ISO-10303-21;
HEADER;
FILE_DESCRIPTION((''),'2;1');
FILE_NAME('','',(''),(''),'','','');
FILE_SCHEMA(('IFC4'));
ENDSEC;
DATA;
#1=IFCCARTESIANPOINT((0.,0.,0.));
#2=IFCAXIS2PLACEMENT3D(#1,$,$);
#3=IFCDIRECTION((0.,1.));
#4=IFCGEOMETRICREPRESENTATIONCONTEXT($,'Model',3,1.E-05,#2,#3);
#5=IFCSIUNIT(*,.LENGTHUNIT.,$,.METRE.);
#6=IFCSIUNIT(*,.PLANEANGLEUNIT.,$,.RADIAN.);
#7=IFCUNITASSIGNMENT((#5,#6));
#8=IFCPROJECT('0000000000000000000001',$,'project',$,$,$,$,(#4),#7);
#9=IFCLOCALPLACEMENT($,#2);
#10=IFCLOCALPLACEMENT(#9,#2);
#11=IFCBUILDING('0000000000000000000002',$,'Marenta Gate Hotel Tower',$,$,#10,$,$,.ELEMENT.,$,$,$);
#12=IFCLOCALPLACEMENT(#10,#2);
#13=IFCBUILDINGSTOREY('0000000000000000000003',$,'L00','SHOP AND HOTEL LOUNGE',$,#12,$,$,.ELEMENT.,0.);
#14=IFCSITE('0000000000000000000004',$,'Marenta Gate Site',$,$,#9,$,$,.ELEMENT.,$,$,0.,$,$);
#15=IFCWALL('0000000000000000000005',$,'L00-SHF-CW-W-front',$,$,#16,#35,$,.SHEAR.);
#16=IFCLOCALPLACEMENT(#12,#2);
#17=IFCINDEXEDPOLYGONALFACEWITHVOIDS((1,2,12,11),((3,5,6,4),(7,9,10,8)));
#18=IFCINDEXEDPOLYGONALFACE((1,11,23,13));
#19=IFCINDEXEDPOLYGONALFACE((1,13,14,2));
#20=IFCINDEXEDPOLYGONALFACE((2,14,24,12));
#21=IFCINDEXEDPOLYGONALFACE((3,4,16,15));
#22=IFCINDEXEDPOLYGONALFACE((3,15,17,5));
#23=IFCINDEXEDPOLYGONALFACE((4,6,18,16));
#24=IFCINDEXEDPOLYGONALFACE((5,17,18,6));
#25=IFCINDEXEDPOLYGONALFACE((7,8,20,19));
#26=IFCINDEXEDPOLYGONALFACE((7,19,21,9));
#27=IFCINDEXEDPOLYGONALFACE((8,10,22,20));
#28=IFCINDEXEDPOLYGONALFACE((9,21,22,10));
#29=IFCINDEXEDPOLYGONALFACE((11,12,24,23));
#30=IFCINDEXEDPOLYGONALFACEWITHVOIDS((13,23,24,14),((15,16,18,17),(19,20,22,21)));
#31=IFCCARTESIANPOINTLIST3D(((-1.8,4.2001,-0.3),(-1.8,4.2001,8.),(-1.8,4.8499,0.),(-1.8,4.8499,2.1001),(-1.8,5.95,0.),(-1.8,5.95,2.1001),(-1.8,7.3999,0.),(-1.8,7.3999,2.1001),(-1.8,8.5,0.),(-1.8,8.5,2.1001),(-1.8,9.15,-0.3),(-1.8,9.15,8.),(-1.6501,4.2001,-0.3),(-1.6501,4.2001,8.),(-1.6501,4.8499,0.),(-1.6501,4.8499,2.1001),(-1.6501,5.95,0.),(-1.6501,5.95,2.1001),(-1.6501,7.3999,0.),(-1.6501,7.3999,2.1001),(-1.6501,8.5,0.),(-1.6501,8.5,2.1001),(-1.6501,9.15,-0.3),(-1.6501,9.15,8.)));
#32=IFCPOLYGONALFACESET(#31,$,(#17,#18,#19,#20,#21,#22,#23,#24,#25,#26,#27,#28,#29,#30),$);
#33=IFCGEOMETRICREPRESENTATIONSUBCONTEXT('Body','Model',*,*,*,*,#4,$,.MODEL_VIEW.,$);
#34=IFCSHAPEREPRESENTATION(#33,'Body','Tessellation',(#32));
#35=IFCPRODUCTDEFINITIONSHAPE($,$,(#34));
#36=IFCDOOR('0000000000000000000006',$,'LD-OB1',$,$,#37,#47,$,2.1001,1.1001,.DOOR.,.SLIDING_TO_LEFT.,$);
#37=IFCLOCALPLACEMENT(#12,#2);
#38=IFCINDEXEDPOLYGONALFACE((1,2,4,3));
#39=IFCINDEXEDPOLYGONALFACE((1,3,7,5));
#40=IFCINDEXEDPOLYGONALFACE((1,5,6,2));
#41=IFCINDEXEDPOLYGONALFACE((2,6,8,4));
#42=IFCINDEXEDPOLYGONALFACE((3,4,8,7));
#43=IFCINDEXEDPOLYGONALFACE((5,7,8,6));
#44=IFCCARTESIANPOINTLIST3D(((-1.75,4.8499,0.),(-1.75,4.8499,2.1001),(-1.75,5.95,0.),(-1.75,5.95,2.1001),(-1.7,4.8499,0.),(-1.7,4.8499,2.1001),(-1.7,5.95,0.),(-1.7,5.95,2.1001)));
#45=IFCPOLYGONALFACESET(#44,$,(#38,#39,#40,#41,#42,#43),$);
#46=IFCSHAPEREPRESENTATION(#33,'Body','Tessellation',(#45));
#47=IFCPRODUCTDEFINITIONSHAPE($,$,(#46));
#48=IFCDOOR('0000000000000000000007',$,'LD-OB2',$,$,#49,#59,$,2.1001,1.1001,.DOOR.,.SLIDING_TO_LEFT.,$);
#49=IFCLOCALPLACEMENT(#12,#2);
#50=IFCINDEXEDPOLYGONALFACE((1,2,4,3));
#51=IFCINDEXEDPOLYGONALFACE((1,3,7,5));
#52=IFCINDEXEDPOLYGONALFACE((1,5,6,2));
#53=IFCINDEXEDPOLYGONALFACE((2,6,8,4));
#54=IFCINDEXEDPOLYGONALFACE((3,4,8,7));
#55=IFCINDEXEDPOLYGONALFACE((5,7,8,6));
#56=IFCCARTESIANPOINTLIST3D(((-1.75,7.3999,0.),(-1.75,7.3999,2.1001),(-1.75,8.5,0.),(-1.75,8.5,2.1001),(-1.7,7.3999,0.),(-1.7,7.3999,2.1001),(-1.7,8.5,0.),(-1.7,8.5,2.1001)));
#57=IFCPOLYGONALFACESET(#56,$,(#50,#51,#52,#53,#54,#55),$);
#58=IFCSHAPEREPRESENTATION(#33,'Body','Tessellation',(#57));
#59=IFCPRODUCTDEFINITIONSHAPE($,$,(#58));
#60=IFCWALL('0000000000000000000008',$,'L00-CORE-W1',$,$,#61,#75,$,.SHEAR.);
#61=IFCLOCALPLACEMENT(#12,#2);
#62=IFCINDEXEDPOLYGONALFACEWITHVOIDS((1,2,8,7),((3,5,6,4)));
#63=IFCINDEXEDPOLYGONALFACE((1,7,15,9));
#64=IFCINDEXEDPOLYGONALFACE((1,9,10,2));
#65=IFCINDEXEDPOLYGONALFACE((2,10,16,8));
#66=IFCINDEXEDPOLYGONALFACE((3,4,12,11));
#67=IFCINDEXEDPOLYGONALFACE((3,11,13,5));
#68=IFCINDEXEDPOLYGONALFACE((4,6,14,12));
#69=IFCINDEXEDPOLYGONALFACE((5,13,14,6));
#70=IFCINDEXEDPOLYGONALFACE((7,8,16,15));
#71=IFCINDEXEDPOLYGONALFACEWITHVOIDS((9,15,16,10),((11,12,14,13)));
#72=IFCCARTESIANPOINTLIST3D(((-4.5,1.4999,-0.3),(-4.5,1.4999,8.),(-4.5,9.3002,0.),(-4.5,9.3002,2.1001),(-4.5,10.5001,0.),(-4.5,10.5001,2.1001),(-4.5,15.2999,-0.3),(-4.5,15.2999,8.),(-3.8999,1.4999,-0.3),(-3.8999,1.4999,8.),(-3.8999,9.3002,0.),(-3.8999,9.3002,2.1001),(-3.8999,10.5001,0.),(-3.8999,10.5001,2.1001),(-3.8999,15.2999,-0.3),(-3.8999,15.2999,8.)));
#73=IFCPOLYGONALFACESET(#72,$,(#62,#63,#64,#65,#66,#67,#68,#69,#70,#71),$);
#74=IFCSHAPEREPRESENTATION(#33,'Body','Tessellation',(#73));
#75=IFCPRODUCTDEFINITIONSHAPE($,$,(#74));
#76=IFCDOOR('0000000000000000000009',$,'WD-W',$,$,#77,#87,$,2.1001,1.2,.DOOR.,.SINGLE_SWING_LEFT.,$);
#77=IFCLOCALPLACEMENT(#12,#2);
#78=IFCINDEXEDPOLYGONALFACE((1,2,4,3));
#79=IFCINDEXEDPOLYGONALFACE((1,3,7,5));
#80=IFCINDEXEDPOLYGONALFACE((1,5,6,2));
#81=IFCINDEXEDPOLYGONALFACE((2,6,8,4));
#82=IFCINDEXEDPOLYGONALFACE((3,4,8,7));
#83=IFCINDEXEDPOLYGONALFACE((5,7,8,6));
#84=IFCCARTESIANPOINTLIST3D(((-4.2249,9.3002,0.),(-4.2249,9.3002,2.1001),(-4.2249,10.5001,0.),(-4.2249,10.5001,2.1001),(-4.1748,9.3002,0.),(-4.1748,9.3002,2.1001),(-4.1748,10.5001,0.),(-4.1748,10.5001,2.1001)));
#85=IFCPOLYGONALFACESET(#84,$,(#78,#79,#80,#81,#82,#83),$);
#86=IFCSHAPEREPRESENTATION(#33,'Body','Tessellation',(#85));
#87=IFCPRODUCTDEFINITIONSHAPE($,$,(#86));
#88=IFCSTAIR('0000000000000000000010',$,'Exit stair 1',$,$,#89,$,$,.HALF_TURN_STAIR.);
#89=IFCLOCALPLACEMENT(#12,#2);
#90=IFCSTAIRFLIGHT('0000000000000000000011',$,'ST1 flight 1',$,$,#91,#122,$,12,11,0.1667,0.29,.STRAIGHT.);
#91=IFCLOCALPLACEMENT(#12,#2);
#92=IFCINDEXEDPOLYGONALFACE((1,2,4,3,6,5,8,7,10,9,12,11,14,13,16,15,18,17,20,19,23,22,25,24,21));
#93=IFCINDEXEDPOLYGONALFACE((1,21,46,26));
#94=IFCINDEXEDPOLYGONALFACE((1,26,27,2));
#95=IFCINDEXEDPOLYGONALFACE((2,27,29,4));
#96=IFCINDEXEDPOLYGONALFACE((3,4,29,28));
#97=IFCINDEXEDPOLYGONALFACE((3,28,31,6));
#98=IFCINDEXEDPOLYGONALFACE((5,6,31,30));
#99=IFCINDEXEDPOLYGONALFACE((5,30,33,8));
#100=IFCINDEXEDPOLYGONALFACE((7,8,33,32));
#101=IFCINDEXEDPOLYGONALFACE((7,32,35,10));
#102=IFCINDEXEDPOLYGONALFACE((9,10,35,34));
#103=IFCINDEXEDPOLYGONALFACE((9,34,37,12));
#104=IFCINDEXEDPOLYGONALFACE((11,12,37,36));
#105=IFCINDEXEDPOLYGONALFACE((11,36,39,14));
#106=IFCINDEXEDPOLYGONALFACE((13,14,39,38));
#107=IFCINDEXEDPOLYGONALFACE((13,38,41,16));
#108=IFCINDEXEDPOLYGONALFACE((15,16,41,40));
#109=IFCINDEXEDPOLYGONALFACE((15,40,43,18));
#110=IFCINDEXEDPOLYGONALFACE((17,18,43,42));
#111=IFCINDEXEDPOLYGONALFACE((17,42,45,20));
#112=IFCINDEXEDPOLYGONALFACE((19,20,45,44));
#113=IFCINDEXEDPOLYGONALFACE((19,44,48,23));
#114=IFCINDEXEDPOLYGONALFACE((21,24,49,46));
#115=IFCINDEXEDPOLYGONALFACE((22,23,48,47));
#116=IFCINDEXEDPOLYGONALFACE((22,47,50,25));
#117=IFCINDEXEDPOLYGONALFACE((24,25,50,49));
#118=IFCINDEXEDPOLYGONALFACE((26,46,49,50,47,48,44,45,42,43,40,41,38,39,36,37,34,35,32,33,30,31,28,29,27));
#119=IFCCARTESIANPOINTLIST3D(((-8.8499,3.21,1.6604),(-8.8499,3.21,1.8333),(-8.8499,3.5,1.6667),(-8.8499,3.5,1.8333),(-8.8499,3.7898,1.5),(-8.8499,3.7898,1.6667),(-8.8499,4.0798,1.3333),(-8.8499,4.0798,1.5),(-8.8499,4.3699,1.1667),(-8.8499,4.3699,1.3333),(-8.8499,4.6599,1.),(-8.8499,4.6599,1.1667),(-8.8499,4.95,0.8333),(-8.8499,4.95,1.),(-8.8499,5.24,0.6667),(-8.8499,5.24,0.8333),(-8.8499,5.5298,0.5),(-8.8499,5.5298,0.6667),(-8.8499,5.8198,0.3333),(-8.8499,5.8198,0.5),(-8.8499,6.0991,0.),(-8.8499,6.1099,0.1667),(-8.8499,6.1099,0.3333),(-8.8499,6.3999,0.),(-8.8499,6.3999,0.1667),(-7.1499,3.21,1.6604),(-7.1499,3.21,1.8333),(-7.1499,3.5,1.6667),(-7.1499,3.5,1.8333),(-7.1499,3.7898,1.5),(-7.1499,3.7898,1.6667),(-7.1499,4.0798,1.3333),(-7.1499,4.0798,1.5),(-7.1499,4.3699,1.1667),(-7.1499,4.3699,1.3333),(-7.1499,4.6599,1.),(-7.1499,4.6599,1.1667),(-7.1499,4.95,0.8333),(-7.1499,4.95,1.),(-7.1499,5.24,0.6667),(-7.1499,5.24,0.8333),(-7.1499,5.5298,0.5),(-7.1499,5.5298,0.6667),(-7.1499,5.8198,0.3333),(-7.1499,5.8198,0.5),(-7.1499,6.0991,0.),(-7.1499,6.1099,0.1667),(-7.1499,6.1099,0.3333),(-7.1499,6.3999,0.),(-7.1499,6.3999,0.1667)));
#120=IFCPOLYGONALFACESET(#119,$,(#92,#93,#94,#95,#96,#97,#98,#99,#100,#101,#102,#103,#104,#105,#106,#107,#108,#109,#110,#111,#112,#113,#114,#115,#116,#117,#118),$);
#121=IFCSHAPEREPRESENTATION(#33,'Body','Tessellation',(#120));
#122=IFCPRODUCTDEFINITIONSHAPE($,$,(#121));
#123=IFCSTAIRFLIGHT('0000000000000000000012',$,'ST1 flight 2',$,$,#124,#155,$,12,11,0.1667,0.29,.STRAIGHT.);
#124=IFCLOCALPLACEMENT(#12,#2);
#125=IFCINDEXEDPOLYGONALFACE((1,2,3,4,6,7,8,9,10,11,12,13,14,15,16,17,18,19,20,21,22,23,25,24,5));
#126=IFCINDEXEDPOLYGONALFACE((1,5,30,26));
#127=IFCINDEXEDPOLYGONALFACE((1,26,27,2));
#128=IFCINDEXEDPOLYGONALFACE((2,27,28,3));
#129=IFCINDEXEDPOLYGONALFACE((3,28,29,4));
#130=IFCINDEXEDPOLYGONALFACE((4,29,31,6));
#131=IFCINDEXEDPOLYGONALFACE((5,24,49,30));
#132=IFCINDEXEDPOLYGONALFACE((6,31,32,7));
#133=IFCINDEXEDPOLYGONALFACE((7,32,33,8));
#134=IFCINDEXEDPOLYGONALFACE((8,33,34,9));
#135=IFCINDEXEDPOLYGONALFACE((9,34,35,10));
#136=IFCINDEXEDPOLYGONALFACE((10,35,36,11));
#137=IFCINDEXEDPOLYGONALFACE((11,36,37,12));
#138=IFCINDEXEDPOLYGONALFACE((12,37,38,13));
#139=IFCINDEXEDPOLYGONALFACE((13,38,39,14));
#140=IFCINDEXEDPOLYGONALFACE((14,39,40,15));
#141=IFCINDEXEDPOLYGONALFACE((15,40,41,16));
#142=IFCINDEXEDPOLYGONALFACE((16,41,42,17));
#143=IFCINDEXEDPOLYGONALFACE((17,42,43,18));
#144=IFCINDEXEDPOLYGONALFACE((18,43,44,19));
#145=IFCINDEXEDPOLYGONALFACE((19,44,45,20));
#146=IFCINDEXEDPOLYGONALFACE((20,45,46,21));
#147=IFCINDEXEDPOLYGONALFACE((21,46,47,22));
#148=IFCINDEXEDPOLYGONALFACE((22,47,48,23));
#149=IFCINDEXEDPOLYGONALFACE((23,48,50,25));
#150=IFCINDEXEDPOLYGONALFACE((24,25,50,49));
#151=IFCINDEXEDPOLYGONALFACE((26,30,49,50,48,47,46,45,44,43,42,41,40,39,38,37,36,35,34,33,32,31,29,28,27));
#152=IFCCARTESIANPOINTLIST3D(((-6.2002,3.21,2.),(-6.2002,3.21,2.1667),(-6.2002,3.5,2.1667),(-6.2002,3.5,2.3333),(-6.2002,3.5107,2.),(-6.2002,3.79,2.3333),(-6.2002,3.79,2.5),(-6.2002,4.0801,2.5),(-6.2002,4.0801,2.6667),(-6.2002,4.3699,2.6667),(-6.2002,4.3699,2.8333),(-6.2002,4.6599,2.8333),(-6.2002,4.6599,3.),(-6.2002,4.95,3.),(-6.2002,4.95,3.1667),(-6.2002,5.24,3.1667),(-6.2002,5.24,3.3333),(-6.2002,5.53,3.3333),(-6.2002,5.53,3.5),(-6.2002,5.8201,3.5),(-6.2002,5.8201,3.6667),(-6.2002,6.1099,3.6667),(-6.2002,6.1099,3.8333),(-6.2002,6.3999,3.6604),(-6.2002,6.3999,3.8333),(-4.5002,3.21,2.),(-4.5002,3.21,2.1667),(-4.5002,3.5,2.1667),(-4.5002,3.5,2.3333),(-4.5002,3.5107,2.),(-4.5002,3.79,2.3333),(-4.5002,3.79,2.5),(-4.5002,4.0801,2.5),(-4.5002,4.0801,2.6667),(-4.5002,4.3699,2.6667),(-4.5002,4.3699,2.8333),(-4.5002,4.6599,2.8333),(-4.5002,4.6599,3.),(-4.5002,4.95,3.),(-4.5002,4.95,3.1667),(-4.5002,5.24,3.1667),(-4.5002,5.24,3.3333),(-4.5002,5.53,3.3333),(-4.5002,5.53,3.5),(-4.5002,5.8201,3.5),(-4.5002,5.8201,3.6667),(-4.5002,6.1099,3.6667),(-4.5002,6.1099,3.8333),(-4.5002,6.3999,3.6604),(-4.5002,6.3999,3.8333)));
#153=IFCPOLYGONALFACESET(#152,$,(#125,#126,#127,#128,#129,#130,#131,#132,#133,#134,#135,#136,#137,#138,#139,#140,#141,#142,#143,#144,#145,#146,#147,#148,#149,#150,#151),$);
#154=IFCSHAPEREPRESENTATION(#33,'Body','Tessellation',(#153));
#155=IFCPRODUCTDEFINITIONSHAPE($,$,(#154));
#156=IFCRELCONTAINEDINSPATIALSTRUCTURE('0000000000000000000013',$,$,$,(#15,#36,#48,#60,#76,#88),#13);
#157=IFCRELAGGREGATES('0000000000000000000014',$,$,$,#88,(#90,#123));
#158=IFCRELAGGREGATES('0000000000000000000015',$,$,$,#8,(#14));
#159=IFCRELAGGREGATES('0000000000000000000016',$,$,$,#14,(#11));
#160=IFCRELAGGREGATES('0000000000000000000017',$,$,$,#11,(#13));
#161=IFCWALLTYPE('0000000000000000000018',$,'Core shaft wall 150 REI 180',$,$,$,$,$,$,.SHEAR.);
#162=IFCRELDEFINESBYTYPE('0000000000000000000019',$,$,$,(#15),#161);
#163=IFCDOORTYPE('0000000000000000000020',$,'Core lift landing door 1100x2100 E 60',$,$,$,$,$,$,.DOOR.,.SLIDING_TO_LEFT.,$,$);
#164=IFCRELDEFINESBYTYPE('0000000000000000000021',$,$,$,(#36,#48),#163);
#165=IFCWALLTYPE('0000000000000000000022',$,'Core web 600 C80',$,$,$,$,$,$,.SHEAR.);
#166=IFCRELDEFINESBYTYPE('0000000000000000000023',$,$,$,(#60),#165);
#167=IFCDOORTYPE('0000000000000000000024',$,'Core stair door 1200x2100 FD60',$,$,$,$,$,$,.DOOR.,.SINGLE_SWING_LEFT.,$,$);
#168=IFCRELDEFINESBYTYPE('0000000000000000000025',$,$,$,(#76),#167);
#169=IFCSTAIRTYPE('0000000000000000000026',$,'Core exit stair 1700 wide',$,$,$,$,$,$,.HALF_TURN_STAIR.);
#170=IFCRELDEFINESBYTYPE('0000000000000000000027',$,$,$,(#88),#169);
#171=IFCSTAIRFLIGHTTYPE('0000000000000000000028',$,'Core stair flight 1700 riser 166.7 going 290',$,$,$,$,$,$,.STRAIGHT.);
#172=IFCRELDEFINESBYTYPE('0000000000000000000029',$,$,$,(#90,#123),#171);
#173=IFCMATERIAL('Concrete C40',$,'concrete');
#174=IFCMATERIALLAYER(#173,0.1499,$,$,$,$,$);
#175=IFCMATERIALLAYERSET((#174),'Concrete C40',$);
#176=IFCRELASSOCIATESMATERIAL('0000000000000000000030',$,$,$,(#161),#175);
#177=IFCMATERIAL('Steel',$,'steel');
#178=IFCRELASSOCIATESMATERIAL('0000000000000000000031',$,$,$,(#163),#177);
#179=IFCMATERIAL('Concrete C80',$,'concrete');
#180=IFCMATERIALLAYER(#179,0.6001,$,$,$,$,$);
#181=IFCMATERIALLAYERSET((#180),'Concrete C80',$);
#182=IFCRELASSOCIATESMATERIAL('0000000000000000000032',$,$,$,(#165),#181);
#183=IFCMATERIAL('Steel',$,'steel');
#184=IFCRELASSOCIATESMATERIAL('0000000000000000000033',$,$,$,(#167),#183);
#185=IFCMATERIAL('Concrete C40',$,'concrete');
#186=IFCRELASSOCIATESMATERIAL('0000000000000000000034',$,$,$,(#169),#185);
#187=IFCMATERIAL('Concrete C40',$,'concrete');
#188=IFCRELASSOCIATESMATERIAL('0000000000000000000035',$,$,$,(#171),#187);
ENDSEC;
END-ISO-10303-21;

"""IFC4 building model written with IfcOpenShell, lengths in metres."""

from ifc_helpers import new_model, si_unit, direction, frame, frame_2d, origin, place, context, subcontext, project, spatial, polyline, rectangle, outline, extrude, material, layer, layer_set, type_object, element, fill, aggregate, save


model = new_model("IFC4")

# Units and contexts
model_context = context("Model", 3, precision=1e-05, world=origin(), true_north=direction((0.0, 1.0)))
body_context = subcontext(model_context, "Body", "Model", "MODEL_VIEW")
ifc_project = project(units=[si_unit("LENGTHUNIT", "METRE"), si_unit("PLANEANGLEUNIT", "RADIAN")], contexts=[model_context])

# Site, building, storey
site_placement = place(None, origin())
site = spatial("IfcSite", under=ifc_project, at=site_placement, Name="Marenta Gate Site", CompositionType="ELEMENT", RefElevation=0.0)
building_placement = place(site_placement, origin())
building = spatial("IfcBuilding", under=site, at=building_placement, Name="Marenta Gate Hotel Tower", CompositionType="ELEMENT")
storey_placement = place(building_placement, origin())
storey = spatial("IfcBuildingStorey", under=building, at=storey_placement, Name="L00", Description="SHOP AND HOTEL LOUNGE", CompositionType="ELEMENT", Elevation=0.0)

# Shared definitions
ifc_material_1 = material(Name="Concrete C40", Category="concrete")
ifc_layer_1 = layer(ifc_material_1, 0.1499)
ifc_layer_set_1 = layer_set([ifc_layer_1], Name="Concrete C40")
wall_type_1 = type_object("IfcWallType", Name="Core shaft wall 150 REI 180", PredefinedType="SHEAR", material=ifc_layer_set_1)
ifc_material_2 = material(Name="Steel", Category="steel")
door_type_1 = type_object("IfcDoorType", Name="Core lift landing door 1100x2100 E 60", OperationType="SLIDING_TO_LEFT", PredefinedType="DOOR", material=ifc_material_2)

# Wall, openings, doors
wall_1_placement = place(storey_placement, frame((-1.7251, 4.2, -0.3), z_axis=(0.0, 0.0, 1.0), x_axis=(0.0, 1.0, 0.0)))
wall_1 = element("IfcWall", 1, at=wall_1_placement, inside=storey, type_object=wall_type_1, Name="L00-SHF-CW-W-front", PredefinedType="SHEAR", context=body_context, shape_type="SweptSolid", body=[
    extrude(rectangle(XDim=4.95, YDim=0.1499, at=frame_2d((2.4751, 0.0))), origin(), (0.0, 0.0, 1.0), 8.3),
])
opening_1_placement = place(wall_1_placement, frame((0.6499, 0.0, 0.3)))
opening_1 = element("IfcOpeningElement", 2, at=opening_1_placement, cuts=wall_1, PredefinedType="OPENING", context=body_context, shape_type="SweptSolid", body=[
    extrude(rectangle(XDim=1.1001, YDim=2.1001, at=frame_2d((0.55, 1.05))), frame((0.0, 0.075, 0.0), z_axis=(0.0, -1.0, 0.0), x_axis=(1.0, 0.0, 0.0)), (0.0, 0.0, 1.0), 0.1499),
])
opening_2_placement = place(wall_1_placement, frame((3.2, 0.0, 0.3)))
opening_2 = element("IfcOpeningElement", 3, at=opening_2_placement, cuts=wall_1, PredefinedType="OPENING", context=body_context, shape_type="SweptSolid", body=[
    extrude(rectangle(XDim=1.1001, YDim=2.1001, at=frame_2d((0.55, 1.05))), frame((0.0, 0.075, 0.0), z_axis=(0.0, -1.0, 0.0), x_axis=(1.0, 0.0, 0.0)), (0.0, 0.0, 1.0), 0.1499),
])
door_1_placement = place(opening_1_placement, origin())
door_1 = element("IfcDoor", 4, at=door_1_placement, inside=storey, type_object=door_type_1, Name="LD-OB1", OperationType="SLIDING_TO_LEFT", OverallHeight=2.1001, OverallWidth=1.1001, PredefinedType="DOOR", context=body_context, shape_type="SweptSolid", body=[
    extrude(rectangle(XDim=1.1001, YDim=2.1001, at=frame_2d((0.55, 1.05))), frame((0.0, 0.0249, 0.0), z_axis=(0.0, -1.0, 0.0), x_axis=(1.0, 0.0, 0.0)), (0.0, 0.0, 1.0), 0.05),
])
fill(opening_1, door_1)
door_2_placement = place(opening_2_placement, origin())
door_2 = element("IfcDoor", 5, at=door_2_placement, inside=storey, type_object=door_type_1, Name="LD-OB2", OperationType="SLIDING_TO_LEFT", OverallHeight=2.1001, OverallWidth=1.1001, PredefinedType="DOOR", context=body_context, shape_type="SweptSolid", body=[
    extrude(rectangle(XDim=1.1001, YDim=2.1001, at=frame_2d((0.55, 1.05))), frame((0.0, 0.0249, 0.0), z_axis=(0.0, -1.0, 0.0), x_axis=(1.0, 0.0, 0.0)), (0.0, 0.0, 1.0), 0.05),
])
fill(opening_2, door_2)

# Wall, opening, door
ifc_material_3 = material(Name="Concrete C80", Category="concrete")
ifc_layer_2 = layer(ifc_material_3, 0.6001)
ifc_layer_set_2 = layer_set([ifc_layer_2], Name="Concrete C80")
wall_type_2 = type_object("IfcWallType", Name="Core web 600 C80", PredefinedType="SHEAR", material=ifc_layer_set_2)
wall_2_placement = place(storey_placement, frame((-4.2, 1.5, -0.3), z_axis=(0.0, 0.0, 1.0), x_axis=(0.0, 1.0, 0.0)))
wall_2 = element("IfcWall", 6, at=wall_2_placement, inside=storey, type_object=wall_type_2, Name="L00-CORE-W1", PredefinedType="SHEAR", context=body_context, shape_type="SweptSolid", body=[
    extrude(rectangle(XDim=13.8, YDim=0.6001, at=frame_2d((6.8999, 0.0))), origin(), (0.0, 0.0, 1.0), 8.3),
])
opening_3_placement = place(wall_2_placement, frame((7.8, 0.0, 0.3)))
opening_3 = element("IfcOpeningElement", 7, at=opening_3_placement, cuts=wall_2, PredefinedType="OPENING", context=body_context, shape_type="SweptSolid", body=[
    extrude(rectangle(XDim=1.2, YDim=2.1001, at=frame_2d((0.6001, 1.05))), frame((0.0, 0.3, 0.0), z_axis=(0.0, -1.0, 0.0), x_axis=(1.0, 0.0, 0.0)), (0.0, 0.0, 1.0), 0.6001),
])
ifc_material_4 = material(Name="Steel", Category="steel")
door_type_2 = type_object("IfcDoorType", Name="Core stair door 1200x2100 FD60", OperationType="SINGLE_SWING_LEFT", PredefinedType="DOOR", material=ifc_material_4)
door_3_placement = place(opening_3_placement, origin())
door_3 = element("IfcDoor", 8, at=door_3_placement, inside=storey, type_object=door_type_2, Name="WD-W", OperationType="SINGLE_SWING_LEFT", OverallHeight=2.1001, OverallWidth=1.2, PredefinedType="DOOR", context=body_context, shape_type="SweptSolid", body=[
    extrude(rectangle(XDim=1.2, YDim=2.1001, at=frame_2d((0.6001, 1.05))), frame((0.0, 0.0249, 0.0), z_axis=(0.0, -1.0, 0.0), x_axis=(1.0, 0.0, 0.0)), (0.0, 0.0, 1.0), 0.05),
])
fill(opening_3, door_3)

# Stair, stair flights
ifc_material_5 = material(Name="Concrete C40", Category="concrete")
stair_type = type_object("IfcStairType", Name="Core exit stair 1700 wide", PredefinedType="HALF_TURN_STAIR", material=ifc_material_5)
stair_placement = place(storey_placement, origin())
stair = element("IfcStair", 9, at=stair_placement, inside=storey, type_object=stair_type, Name="Exit stair 1", PredefinedType="HALF_TURN_STAIR")
ifc_material_6 = material(Name="Concrete C40", Category="concrete")
stair_flight_type = type_object("IfcStairFlightType", Name="Core stair flight 1700 riser 166.7 going 290", PredefinedType="STRAIGHT", material=ifc_material_6)
stair_flight_1_placement = place(storey_placement, frame((-8.0, 6.3999, 0.0), z_axis=(0.0, 0.0, 1.0), x_axis=(0.0, -1.0, 0.0)))
stair_flight_1 = element("IfcStairFlight", 10, at=stair_flight_1_placement, type_object=stair_flight_type, Name="ST1 flight 1", NumberOfRisers=12, NumberOfTreads=11, PredefinedType="STRAIGHT", RiserHeight=0.1667, TreadLength=0.29, context=body_context, shape_type="SweptSolid", body=[
    extrude(outline(polyline([(0.0, 0.0), (0.0, 0.1667), (0.29, 0.1667), (0.29, 0.3333), (0.5801, 0.3333), (0.5801, 0.5), (0.8701, 0.5), (0.8701, 0.6667), (1.1599, 0.6667), (1.1599, 0.8333), (1.45, 0.8333), (1.45, 1.0), (1.74, 1.0), (1.74, 1.1667), (2.03, 1.1667), (2.03, 1.3333), (2.3201, 1.3333), (2.3201, 1.5), (2.6101, 1.5), (2.6101, 1.6667), (2.8999, 1.6667), (2.8999, 1.8333), (3.1899, 1.8333), (3.1899, 2.0), (3.1899, 1.6604), (0.3008, 0.0), (0.0, 0.0)])), frame((0.0, 0.8501, 0.0), z_axis=(0.0, -1.0, 0.0), x_axis=(1.0, 0.0, 0.0)), (0.0, 0.0, 1.0), 1.7),
])
stair_flight_2_placement = place(storey_placement, frame((-5.3501, 3.21, 2.0), z_axis=(0.0, 0.0, 1.0), x_axis=(0.0, 1.0, 0.0)))
stair_flight_2 = element("IfcStairFlight", 11, at=stair_flight_2_placement, type_object=stair_flight_type, Name="ST1 flight 2", NumberOfRisers=12, NumberOfTreads=11, PredefinedType="STRAIGHT", RiserHeight=0.1667, TreadLength=0.29, context=body_context, shape_type="SweptSolid", body=[
    extrude(outline(polyline([(0.0, 0.0), (0.0, 0.1667), (0.29, 0.1667), (0.29, 0.3333), (0.5801, 0.3333), (0.5801, 0.5), (0.8701, 0.5), (0.8701, 0.6667), (1.1599, 0.6667), (1.1599, 0.8333), (1.45, 0.8333), (1.45, 1.0), (1.74, 1.0), (1.74, 1.1667), (2.03, 1.1667), (2.03, 1.3333), (2.3201, 1.3333), (2.3201, 1.5), (2.6101, 1.5), (2.6101, 1.6667), (2.8999, 1.6667), (2.8999, 1.8333), (3.1899, 1.8333), (3.1899, 2.0), (3.1899, 1.6604), (0.3008, 0.0), (0.0, 0.0)])), frame((0.0, 0.8501, 0.0), z_axis=(0.0, -1.0, 0.0), x_axis=(1.0, 0.0, 0.0)), (0.0, 0.0, 1.0), 1.7),
])
aggregate(stair, [stair_flight_1, stair_flight_2])

save(model, "model.ifc")
